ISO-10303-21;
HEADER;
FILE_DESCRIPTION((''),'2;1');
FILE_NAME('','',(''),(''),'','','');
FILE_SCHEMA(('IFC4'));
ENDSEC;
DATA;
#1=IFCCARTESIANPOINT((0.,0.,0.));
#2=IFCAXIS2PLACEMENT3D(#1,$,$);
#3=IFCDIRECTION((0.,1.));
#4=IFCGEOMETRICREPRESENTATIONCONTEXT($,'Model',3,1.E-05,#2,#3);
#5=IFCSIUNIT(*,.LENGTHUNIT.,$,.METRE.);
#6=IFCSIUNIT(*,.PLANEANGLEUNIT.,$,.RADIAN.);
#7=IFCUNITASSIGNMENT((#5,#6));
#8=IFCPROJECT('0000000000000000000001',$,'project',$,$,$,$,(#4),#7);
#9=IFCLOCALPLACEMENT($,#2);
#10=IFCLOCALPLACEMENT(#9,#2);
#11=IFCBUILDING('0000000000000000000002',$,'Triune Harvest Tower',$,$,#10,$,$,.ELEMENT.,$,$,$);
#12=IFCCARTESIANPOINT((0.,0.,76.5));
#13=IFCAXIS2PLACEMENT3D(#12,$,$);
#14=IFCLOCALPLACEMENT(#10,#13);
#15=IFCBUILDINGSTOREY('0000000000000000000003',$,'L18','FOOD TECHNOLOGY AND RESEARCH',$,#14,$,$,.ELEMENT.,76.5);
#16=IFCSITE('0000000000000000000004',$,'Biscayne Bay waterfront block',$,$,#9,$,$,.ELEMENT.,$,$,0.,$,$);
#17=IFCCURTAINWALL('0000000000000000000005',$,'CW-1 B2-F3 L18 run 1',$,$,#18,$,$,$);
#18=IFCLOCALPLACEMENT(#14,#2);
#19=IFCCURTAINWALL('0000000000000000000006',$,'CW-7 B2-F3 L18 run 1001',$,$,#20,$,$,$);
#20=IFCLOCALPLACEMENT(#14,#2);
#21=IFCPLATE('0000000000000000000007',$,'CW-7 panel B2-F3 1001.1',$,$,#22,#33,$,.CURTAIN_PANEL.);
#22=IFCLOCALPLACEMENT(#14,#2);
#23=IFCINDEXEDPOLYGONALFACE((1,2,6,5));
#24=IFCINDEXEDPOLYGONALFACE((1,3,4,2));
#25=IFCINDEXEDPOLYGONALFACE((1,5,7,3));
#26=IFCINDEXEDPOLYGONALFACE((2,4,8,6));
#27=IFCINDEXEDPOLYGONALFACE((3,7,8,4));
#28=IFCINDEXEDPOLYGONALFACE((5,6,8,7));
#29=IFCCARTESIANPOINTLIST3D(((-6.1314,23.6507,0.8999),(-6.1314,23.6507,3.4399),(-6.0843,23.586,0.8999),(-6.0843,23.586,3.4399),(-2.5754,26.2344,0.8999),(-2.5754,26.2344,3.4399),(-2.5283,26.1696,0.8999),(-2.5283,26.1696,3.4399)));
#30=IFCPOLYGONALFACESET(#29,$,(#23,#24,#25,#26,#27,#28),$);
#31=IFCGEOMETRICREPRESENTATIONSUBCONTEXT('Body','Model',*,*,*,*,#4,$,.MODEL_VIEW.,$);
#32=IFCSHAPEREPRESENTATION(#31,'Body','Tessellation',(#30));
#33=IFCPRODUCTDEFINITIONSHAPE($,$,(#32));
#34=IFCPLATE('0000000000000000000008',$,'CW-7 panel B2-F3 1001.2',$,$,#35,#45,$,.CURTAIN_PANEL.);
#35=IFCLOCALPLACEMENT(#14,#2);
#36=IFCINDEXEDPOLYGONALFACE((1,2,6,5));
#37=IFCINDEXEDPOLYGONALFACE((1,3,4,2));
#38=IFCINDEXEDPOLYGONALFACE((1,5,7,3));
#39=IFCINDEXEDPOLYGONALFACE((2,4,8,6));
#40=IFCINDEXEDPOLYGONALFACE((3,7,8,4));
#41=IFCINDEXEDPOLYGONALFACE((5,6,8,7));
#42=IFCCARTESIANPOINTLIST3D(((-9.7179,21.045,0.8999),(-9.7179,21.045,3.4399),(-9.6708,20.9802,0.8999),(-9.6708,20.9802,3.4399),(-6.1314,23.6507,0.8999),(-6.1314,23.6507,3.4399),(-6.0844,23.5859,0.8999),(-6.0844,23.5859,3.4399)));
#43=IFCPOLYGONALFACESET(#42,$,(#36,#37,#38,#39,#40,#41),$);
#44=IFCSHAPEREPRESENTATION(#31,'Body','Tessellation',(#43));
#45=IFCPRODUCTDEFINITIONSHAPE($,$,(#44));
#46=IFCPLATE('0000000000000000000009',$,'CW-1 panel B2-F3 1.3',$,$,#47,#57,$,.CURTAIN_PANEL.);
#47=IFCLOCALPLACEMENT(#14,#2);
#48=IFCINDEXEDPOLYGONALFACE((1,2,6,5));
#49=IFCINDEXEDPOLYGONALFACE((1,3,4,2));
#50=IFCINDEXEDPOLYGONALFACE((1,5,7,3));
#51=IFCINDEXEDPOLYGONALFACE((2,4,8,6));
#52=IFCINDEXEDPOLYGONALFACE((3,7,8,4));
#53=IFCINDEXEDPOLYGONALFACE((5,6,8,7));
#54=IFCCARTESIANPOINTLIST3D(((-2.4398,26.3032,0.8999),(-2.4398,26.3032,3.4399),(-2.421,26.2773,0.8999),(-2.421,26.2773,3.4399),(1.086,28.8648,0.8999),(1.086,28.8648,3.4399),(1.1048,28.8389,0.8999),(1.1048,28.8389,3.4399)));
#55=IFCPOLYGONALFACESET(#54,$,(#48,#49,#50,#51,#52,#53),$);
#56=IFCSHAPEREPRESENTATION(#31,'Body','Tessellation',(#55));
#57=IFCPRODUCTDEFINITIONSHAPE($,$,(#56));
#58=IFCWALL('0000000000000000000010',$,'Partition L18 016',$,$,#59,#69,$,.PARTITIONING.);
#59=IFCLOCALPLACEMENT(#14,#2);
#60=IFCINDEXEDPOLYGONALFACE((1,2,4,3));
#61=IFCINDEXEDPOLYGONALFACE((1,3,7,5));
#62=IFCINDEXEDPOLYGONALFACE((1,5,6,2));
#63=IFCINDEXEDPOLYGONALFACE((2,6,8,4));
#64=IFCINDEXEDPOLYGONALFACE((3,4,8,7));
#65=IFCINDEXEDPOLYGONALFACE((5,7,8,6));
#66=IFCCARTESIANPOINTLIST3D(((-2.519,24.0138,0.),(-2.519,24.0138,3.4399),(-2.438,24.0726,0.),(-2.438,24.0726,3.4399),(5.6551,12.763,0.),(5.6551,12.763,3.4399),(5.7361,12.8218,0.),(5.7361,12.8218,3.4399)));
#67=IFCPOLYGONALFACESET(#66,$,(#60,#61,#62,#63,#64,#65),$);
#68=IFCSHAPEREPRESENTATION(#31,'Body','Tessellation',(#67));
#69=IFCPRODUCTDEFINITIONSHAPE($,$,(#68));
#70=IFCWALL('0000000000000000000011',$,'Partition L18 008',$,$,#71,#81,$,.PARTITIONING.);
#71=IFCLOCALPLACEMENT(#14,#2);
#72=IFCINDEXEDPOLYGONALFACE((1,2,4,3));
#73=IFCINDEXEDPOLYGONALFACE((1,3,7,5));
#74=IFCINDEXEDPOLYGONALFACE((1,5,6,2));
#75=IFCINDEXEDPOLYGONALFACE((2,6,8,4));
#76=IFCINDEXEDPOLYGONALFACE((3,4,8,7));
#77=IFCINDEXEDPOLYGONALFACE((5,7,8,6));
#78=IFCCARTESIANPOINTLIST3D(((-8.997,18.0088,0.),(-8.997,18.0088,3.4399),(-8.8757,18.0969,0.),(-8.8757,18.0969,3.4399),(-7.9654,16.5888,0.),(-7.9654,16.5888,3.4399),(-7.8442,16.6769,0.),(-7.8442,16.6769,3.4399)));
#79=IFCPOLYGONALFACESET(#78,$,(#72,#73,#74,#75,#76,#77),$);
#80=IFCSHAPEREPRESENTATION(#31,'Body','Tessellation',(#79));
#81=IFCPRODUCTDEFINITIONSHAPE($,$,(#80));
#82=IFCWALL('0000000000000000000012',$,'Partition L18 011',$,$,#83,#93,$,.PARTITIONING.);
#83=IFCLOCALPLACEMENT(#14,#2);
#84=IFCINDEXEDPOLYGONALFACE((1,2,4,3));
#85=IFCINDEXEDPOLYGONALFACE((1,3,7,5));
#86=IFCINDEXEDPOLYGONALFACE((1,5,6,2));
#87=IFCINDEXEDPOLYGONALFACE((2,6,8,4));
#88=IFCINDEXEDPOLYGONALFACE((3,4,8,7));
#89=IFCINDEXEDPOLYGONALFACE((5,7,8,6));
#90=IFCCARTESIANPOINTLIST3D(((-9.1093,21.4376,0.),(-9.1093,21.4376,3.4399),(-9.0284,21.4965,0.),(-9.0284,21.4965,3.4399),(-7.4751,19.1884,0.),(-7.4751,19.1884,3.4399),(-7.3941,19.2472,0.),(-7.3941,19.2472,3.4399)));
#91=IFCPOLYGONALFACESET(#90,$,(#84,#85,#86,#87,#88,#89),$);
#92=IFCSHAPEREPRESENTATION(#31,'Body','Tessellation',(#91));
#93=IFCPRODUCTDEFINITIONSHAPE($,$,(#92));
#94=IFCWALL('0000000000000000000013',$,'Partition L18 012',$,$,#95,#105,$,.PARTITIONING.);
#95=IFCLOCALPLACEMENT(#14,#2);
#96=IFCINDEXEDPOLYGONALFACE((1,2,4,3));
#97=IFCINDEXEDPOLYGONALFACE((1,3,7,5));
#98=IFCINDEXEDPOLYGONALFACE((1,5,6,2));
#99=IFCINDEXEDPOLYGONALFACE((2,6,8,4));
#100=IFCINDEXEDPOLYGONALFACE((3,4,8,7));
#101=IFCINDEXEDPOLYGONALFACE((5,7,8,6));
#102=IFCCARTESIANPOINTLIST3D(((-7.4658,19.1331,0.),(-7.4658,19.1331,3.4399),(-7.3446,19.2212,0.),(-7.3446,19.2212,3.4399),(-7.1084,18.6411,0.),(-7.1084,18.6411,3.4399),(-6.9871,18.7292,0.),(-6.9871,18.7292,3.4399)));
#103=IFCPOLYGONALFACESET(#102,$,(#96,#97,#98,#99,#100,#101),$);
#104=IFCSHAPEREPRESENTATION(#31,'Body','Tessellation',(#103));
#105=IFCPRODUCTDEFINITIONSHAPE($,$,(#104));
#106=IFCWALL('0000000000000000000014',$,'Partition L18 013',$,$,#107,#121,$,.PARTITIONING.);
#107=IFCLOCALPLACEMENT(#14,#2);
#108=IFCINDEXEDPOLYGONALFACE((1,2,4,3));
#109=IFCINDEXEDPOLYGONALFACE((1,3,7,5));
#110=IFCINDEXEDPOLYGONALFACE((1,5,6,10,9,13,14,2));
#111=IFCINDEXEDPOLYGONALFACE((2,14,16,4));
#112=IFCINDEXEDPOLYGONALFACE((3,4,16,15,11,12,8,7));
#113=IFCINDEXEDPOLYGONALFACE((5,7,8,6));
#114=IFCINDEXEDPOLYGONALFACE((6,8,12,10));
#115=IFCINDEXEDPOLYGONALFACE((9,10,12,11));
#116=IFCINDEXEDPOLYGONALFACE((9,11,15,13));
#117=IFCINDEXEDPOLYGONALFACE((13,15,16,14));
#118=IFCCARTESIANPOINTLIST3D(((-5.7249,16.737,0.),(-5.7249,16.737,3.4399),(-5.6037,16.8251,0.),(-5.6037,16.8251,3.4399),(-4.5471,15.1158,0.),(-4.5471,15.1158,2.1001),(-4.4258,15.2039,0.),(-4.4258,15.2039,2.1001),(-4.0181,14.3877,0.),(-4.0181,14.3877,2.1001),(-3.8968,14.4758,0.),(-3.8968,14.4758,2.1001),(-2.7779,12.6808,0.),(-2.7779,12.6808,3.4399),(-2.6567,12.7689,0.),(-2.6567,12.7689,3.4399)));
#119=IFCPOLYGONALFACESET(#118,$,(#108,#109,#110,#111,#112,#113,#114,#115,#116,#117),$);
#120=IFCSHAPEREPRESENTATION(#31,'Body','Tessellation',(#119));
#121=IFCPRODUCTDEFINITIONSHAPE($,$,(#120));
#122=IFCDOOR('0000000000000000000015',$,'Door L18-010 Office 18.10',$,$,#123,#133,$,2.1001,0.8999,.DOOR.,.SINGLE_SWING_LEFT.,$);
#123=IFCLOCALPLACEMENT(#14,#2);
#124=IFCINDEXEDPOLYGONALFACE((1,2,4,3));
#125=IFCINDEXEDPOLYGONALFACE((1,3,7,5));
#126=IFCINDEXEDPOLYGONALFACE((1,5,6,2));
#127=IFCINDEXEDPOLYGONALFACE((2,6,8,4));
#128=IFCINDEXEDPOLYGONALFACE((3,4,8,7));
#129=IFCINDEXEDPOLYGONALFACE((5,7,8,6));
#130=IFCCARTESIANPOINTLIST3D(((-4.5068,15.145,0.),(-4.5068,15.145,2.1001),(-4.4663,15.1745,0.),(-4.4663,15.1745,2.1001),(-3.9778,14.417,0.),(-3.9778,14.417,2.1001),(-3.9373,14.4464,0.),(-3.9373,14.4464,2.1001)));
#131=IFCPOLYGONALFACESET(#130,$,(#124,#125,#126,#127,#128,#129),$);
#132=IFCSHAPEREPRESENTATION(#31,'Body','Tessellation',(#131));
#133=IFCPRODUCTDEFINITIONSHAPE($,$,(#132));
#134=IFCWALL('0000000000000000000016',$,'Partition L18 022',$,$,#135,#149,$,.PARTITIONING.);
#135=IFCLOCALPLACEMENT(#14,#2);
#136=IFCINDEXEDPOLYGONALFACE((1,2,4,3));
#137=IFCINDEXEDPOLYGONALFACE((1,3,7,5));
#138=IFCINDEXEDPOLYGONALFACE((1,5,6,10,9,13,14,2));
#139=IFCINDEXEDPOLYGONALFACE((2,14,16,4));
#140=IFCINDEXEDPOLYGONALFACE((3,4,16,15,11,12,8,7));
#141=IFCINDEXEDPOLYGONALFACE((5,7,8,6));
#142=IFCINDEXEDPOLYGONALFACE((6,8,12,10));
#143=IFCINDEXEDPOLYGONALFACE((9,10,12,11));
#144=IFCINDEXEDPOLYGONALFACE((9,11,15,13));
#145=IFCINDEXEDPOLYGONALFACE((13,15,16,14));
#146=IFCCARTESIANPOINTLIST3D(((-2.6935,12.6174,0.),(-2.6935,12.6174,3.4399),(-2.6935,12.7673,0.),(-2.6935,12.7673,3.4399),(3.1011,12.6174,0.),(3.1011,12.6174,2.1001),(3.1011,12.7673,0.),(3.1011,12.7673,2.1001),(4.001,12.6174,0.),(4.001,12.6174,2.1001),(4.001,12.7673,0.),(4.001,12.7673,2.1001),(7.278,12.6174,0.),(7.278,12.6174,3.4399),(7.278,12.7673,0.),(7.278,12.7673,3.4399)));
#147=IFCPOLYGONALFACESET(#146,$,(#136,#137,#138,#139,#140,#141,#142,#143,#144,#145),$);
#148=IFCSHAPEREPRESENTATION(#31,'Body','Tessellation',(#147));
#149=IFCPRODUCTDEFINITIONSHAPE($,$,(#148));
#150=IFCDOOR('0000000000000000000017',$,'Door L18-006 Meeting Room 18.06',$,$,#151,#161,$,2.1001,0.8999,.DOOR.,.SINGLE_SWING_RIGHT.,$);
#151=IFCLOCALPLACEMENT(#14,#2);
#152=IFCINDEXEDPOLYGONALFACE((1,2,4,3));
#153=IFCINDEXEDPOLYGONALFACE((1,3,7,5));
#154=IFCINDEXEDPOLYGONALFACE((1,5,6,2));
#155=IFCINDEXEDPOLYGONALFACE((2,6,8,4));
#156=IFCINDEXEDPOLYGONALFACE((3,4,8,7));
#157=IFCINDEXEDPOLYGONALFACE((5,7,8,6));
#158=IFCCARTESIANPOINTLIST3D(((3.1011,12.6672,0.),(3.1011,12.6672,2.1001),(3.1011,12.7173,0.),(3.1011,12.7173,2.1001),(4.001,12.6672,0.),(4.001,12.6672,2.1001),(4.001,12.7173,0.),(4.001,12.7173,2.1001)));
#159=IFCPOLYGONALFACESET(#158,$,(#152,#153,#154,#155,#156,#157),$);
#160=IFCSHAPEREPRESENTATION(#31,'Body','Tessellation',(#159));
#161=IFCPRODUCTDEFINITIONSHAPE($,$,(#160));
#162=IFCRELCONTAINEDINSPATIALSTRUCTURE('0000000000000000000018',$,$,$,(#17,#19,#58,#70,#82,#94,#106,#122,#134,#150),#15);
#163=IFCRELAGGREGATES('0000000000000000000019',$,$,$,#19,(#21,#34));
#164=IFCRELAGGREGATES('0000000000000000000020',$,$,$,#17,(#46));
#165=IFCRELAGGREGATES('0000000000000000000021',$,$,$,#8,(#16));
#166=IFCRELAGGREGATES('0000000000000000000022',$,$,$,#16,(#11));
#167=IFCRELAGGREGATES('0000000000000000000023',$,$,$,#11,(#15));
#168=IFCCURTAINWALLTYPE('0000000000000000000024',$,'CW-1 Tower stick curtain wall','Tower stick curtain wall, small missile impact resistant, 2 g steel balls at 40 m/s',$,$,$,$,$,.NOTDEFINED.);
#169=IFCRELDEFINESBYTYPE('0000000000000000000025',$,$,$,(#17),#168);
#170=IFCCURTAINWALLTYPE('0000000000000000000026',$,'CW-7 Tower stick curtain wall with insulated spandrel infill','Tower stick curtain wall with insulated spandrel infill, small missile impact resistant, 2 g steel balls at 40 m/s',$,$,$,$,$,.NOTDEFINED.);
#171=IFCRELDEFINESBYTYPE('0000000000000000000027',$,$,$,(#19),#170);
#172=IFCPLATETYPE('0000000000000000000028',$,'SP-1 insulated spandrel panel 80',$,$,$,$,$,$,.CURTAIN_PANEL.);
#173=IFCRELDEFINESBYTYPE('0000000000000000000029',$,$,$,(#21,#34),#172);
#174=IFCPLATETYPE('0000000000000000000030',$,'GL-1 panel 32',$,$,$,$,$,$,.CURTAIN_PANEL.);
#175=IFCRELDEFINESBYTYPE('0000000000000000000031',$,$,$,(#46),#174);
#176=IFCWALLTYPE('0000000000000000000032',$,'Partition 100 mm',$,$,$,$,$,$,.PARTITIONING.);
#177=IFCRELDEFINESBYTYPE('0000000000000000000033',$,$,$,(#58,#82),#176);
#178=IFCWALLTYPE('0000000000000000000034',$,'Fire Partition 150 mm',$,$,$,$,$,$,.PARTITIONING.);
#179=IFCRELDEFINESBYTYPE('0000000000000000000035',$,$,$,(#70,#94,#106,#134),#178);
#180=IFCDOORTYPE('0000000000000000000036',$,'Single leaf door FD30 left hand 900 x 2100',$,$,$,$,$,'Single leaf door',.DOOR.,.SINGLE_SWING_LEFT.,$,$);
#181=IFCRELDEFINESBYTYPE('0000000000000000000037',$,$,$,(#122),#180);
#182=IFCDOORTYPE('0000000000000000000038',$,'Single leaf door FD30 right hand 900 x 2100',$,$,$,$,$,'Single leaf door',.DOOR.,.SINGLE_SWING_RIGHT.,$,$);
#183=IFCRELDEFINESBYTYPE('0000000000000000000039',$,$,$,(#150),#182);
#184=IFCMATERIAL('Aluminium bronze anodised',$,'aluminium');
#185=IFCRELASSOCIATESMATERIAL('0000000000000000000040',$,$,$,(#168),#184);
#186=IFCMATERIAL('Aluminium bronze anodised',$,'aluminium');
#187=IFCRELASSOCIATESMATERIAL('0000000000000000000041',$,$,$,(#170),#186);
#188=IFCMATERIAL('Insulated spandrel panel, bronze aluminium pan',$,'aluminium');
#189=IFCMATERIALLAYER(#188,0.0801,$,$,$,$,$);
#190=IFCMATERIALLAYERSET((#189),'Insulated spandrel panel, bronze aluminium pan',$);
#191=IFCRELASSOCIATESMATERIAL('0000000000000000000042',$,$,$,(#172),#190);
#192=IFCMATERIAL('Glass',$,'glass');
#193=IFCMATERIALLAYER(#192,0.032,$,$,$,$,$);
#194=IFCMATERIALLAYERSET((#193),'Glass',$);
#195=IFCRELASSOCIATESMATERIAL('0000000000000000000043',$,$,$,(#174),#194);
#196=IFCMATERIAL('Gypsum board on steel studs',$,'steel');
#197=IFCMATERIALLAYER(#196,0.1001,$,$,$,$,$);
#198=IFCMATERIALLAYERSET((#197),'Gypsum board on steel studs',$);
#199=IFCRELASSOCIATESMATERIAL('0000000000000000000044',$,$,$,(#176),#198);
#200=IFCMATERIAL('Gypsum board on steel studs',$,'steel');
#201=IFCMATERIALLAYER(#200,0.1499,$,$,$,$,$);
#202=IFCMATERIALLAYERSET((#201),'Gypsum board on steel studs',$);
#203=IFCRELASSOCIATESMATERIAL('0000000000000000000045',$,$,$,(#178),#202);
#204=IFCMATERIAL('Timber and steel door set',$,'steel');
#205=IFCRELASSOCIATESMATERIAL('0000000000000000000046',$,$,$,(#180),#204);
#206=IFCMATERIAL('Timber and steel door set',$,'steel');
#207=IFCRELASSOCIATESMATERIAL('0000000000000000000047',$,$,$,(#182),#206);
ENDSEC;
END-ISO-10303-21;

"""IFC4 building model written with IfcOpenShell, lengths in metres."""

from ifc_helpers import new_model, si_unit, direction, frame, frame_2d, origin, origin_2d, place, context, subcontext, project, spatial, rectangle, extrude, source, transform, mapped, material, layer, layer_set, type_object, element, fill, aggregate, save


model = new_model("IFC4")

# Units and contexts
model_context = context("Model", 3, precision=1e-05, world=origin(), true_north=direction((0.0, 1.0)))
body_context = subcontext(model_context, "Body", "Model", "MODEL_VIEW")
ifc_project = project(units=[si_unit("LENGTHUNIT", "METRE"), si_unit("PLANEANGLEUNIT", "RADIAN")], contexts=[model_context])

# Site, building, storey
site_placement = place(None, origin())
site = spatial("IfcSite", under=ifc_project, at=site_placement, Name="Biscayne Bay waterfront block", CompositionType="ELEMENT", RefElevation=0.0)
building_placement = place(site_placement, origin())
building = spatial("IfcBuilding", under=site, at=building_placement, Name="Triune Harvest Tower", CompositionType="ELEMENT")
storey_placement = place(building_placement, frame((0.0, 0.0, 76.5)))
storey = spatial("IfcBuildingStorey", under=building, at=storey_placement, Name="L18", Description="FOOD TECHNOLOGY AND RESEARCH", CompositionType="ELEMENT", Elevation=76.5)

# Curtain wall
ifc_material_1 = material(Name="Aluminium bronze anodised", Category="aluminium")
curtain_wall_type_1 = type_object("IfcCurtainWallType", Name="CW-1 Tower stick curtain wall", Description="Tower stick curtain wall, small missile impact resistant, 2 g steel balls at 40 m/s", PredefinedType="NOTDEFINED", material=ifc_material_1)
curtain_wall_1_placement = place(storey_placement, origin())
curtain_wall_1 = element("IfcCurtainWall", 1, at=curtain_wall_1_placement, inside=storey, type_object=curtain_wall_type_1, Name="CW-1 B2-F3 L18 run 1")

# Curtain wall, plates
ifc_material_2 = material(Name="Aluminium bronze anodised", Category="aluminium")
curtain_wall_type_2 = type_object("IfcCurtainWallType", Name="CW-7 Tower stick curtain wall with insulated spandrel infill", Description="Tower stick curtain wall with insulated spandrel infill, small missile impact resistant, 2 g steel balls at 40 m/s", PredefinedType="NOTDEFINED", material=ifc_material_2)
curtain_wall_2_placement = place(storey_placement, origin())
curtain_wall_2 = element("IfcCurtainWall", 2, at=curtain_wall_2_placement, inside=storey, type_object=curtain_wall_type_2, Name="CW-7 B2-F3 L18 run 1001")
ifc_material_3 = material(Name="Insulated spandrel panel, bronze aluminium pan", Category="aluminium")
ifc_layer_1 = layer(ifc_material_3, 0.0801)
ifc_layer_set_1 = layer_set([ifc_layer_1], Name="Insulated spandrel panel, bronze aluminium pan")
plate_type_1 = type_object("IfcPlateType", Name="SP-1 insulated spandrel panel 80", PredefinedType="CURTAIN_PANEL", material=ifc_layer_set_1)
shared_shape_1 = source(origin(), body_context, "Body", "SweptSolid", [
    extrude(rectangle(XDim=4.3955, YDim=0.0801, at=origin_2d()), origin(), (0.0, 0.0, 1.0), 2.54),
])
plate_1_placement = place(storey_placement, frame((-4.3298, 24.9102, 0.8999), z_axis=(0.0, 0.0, 1.0), x_axis=(-0.809016, -0.587787, 0.0)))
plate_1 = element("IfcPlate", 3, at=plate_1_placement, type_object=plate_type_1, Name="CW-7 panel B2-F3 1001.1", PredefinedType="CURTAIN_PANEL", context=body_context, shape_type="MappedRepresentation", body=[
    mapped(shared_shape_1, transform((0.0, 0.0, 0.0), scale=1.0)),
])
shared_shape_2 = source(origin(), body_context, "Body", "SweptSolid", [
    extrude(rectangle(XDim=4.4331, YDim=0.0801, at=origin_2d()), origin(), (0.0, 0.0, 1.0), 2.54),
])
plate_2_placement = place(storey_placement, frame((-7.9011, 22.3154, 0.8999), z_axis=(0.0, 0.0, 1.0), x_axis=(-0.809016, -0.587787, 0.0)))
plate_2 = element("IfcPlate", 4, at=plate_2_placement, type_object=plate_type_1, Name="CW-7 panel B2-F3 1001.2", PredefinedType="CURTAIN_PANEL", context=body_context, shape_type="MappedRepresentation", body=[
    mapped(shared_shape_2, transform((0.0, 0.0, 0.0), scale=1.0)),
])
aggregate(curtain_wall_2, [plate_1, plate_2])

# Plate
ifc_material_4 = material(Name="Glass", Category="glass")
ifc_layer_2 = layer(ifc_material_4, 0.032)
ifc_layer_set_2 = layer_set([ifc_layer_2], Name="Glass")
plate_type_2 = type_object("IfcPlateType", Name="GL-1 panel 32", PredefinedType="CURTAIN_PANEL", material=ifc_layer_set_2)
shared_shape_3 = source(origin(), body_context, "Body", "SweptSolid", [
    extrude(rectangle(XDim=4.3582, YDim=0.032, at=origin_2d()), origin(), (0.0, 0.0, 1.0), 2.54),
])
plate_3_placement = place(storey_placement, frame((-0.6675, 27.571, 0.8999), z_axis=(0.0, 0.0, 1.0), x_axis=(-0.809017, -0.587785, 0.0)))
plate_3 = element("IfcPlate", 5, at=plate_3_placement, type_object=plate_type_2, Name="CW-1 panel B2-F3 1.3", PredefinedType="CURTAIN_PANEL", context=body_context, shape_type="MappedRepresentation", body=[
    mapped(shared_shape_3, transform((0.0, 0.0, 0.0), scale=1.0)),
])
aggregate(curtain_wall_1, [plate_3])

# Walls
ifc_material_5 = material(Name="Gypsum board on steel studs", Category="steel")
ifc_layer_3 = layer(ifc_material_5, 0.1001)
ifc_layer_set_3 = layer_set([ifc_layer_3], Name="Gypsum board on steel studs")
wall_type_1 = type_object("IfcWallType", Name="Partition 100 mm", PredefinedType="PARTITIONING", material=ifc_layer_set_3)
wall_1_placement = place(storey_placement, frame((-2.4785, 24.0432, 0.0), z_axis=(0.0, 0.0, 1.0), x_axis=(0.587782, -0.809019, 0.0)))
element("IfcWall", 6, at=wall_1_placement, inside=storey, type_object=wall_type_1, Name="Partition L18 016", PredefinedType="PARTITIONING", context=body_context, shape_type="SweptSolid", body=[
    extrude(rectangle(XDim=13.9067, YDim=0.1001, at=frame_2d((6.9534, 0.0))), origin(), (0.0, 0.0, 1.0), 3.4399),
])
ifc_material_6 = material(Name="Gypsum board on steel studs", Category="steel")
ifc_layer_4 = layer(ifc_material_6, 0.1499)
ifc_layer_set_4 = layer_set([ifc_layer_4], Name="Gypsum board on steel studs")
wall_type_2 = type_object("IfcWallType", Name="Fire Partition 150 mm", PredefinedType="PARTITIONING", material=ifc_layer_set_4)
shared_shape_4 = source(origin(), body_context, "Body", "SweptSolid", [
    extrude(rectangle(XDim=1.7551, YDim=0.1499, at=frame_2d((0.8774, 0.0))), origin(), (0.0, 0.0, 1.0), 3.4399),
])
wall_2_placement = place(storey_placement, frame((-8.9363, 18.0527, 0.0), z_axis=(0.0, 0.0, 1.0), x_axis=(0.587733, -0.809055, 0.0)))
element("IfcWall", 7, at=wall_2_placement, inside=storey, type_object=wall_type_2, Name="Partition L18 008", PredefinedType="PARTITIONING", context=body_context, shape_type="MappedRepresentation", body=[
    mapped(shared_shape_4, transform((0.0, 0.0, 0.0), scale=1.0)),
])
shared_shape_5 = source(origin(), body_context, "Body", "SweptSolid", [
    extrude(rectangle(XDim=2.7803, YDim=0.1001, at=frame_2d((1.3901, 0.0))), origin(), (0.0, 0.0, 1.0), 3.4399),
])
wall_3_placement = place(storey_placement, frame((-9.0688, 21.467, 0.0), z_axis=(0.0, 0.0, 1.0), x_axis=(0.587806, -0.809002, 0.0)))
element("IfcWall", 8, at=wall_3_placement, inside=storey, type_object=wall_type_1, Name="Partition L18 011", PredefinedType="PARTITIONING", context=body_context, shape_type="MappedRepresentation", body=[
    mapped(shared_shape_5, transform((0.0, 0.0, 0.0), scale=1.0)),
])
shared_shape_6 = source(origin(), body_context, "Body", "SweptSolid", [
    extrude(rectangle(XDim=0.6082, YDim=0.1499, at=frame_2d((0.3042, 0.0))), origin(), (0.0, 0.0, 1.0), 3.4399),
])
wall_4_placement = place(storey_placement, frame((-7.4053, 19.1772, 0.0), z_axis=(0.0, 0.0, 1.0), x_axis=(0.58779, -0.809014, 0.0)))
element("IfcWall", 9, at=wall_4_placement, inside=storey, type_object=wall_type_2, Name="Partition L18 012", PredefinedType="PARTITIONING", context=body_context, shape_type="MappedRepresentation", body=[
    mapped(shared_shape_6, transform((0.0, 0.0, 0.0), scale=1.0)),
])

# Walls, openings, doors
shared_shape_7 = source(origin(), body_context, "Body", "SweptSolid", [
    extrude(rectangle(XDim=5.0137, YDim=0.1499, at=frame_2d((2.5068, 0.0))), origin(), (0.0, 0.0, 1.0), 3.4399),
])
wall_5_placement = place(storey_placement, frame((-5.6643, 16.781, 0.0), z_axis=(0.0, 0.0, 1.0), x_axis=(0.587792, -0.809012, 0.0)))
wall_5 = element("IfcWall", 10, at=wall_5_placement, inside=storey, type_object=wall_type_2, Name="Partition L18 013", PredefinedType="PARTITIONING", context=body_context, shape_type="MappedRepresentation", body=[
    mapped(shared_shape_7, transform((0.0, 0.0, 0.0), scale=1.0)),
])
opening_1_placement = place(wall_5_placement, frame((2.0039, 0.0, 0.0)))
opening_1 = element("IfcOpeningElement", 11, at=opening_1_placement, cuts=wall_5, PredefinedType="OPENING", context=body_context, shape_type="SweptSolid", body=[
    extrude(rectangle(XDim=0.8999, YDim=2.1001, at=frame_2d((0.45, 1.05))), frame((0.0, 0.085, 0.0), z_axis=(0.0, -1.0, 0.0), x_axis=(1.0, 0.0, 0.0)), (0.0, 0.0, 1.0), 0.1699),
])
ifc_material_7 = material(Name="Timber and steel door set", Category="steel")
door_type_1 = type_object("IfcDoorType", Name="Single leaf door FD30 left hand 900 x 2100", ElementType="Single leaf door", OperationType="SINGLE_SWING_LEFT", PredefinedType="DOOR", material=ifc_material_7)
door_1_placement = place(opening_1_placement, origin())
door_1 = element("IfcDoor", 12, at=door_1_placement, inside=storey, type_object=door_type_1, Name="Door L18-010 Office 18.10", OperationType="SINGLE_SWING_LEFT", OverallHeight=2.1001, OverallWidth=0.8999, PredefinedType="DOOR", context=body_context, shape_type="SweptSolid", body=[
    extrude(rectangle(XDim=0.8999, YDim=2.1001, at=frame_2d((0.45, 1.05))), frame((0.0, 0.0249, 0.0), z_axis=(0.0, -1.0, 0.0), x_axis=(1.0, 0.0, 0.0)), (0.0, 0.0, 1.0), 0.05),
])
fill(opening_1, door_1)
shared_shape_8 = source(origin(), body_context, "Body", "SweptSolid", [
    extrude(rectangle(XDim=9.9714, YDim=0.1499, at=frame_2d((4.9858, 0.0))), origin(), (0.0, 0.0, 1.0), 3.4399),
])
wall_6_placement = place(storey_placement, frame((-2.6936, 12.6924, 0.0), z_axis=(0.0, 0.0, 1.0), x_axis=(1.0, 0.0, 0.0)))
wall_6 = element("IfcWall", 13, at=wall_6_placement, inside=storey, type_object=wall_type_2, Name="Partition L18 022", PredefinedType="PARTITIONING", context=body_context, shape_type="MappedRepresentation", body=[
    mapped(shared_shape_8, transform((0.0, 0.0, 0.0), scale=1.0)),
])
opening_2_placement = place(wall_6_placement, frame((5.7947, 0.0, 0.0)))
opening_2 = element("IfcOpeningElement", 14, at=opening_2_placement, cuts=wall_6, PredefinedType="OPENING", context=body_context, shape_type="SweptSolid", body=[
    extrude(rectangle(XDim=0.8999, YDim=2.1001, at=frame_2d((0.45, 1.05))), frame((0.0, 0.085, 0.0), z_axis=(0.0, -1.0, 0.0), x_axis=(1.0, 0.0, 0.0)), (0.0, 0.0, 1.0), 0.1699),
])
ifc_material_8 = material(Name="Timber and steel door set", Category="steel")
door_type_2 = type_object("IfcDoorType", Name="Single leaf door FD30 right hand 900 x 2100", ElementType="Single leaf door", OperationType="SINGLE_SWING_RIGHT", PredefinedType="DOOR", material=ifc_material_8)
door_2_placement = place(opening_2_placement, origin())
door_2 = element("IfcDoor", 15, at=door_2_placement, inside=storey, type_object=door_type_2, Name="Door L18-006 Meeting Room 18.06", OperationType="SINGLE_SWING_RIGHT", OverallHeight=2.1001, OverallWidth=0.8999, PredefinedType="DOOR", context=body_context, shape_type="SweptSolid", body=[
    extrude(rectangle(XDim=0.8999, YDim=2.1001, at=frame_2d((0.45, 1.05))), frame((0.0, 0.0249, 0.0), z_axis=(0.0, -1.0, 0.0), x_axis=(1.0, 0.0, 0.0)), (0.0, 0.0, 1.0), 0.05),
])
fill(opening_2, door_2)

save(model, "model.ifc")
